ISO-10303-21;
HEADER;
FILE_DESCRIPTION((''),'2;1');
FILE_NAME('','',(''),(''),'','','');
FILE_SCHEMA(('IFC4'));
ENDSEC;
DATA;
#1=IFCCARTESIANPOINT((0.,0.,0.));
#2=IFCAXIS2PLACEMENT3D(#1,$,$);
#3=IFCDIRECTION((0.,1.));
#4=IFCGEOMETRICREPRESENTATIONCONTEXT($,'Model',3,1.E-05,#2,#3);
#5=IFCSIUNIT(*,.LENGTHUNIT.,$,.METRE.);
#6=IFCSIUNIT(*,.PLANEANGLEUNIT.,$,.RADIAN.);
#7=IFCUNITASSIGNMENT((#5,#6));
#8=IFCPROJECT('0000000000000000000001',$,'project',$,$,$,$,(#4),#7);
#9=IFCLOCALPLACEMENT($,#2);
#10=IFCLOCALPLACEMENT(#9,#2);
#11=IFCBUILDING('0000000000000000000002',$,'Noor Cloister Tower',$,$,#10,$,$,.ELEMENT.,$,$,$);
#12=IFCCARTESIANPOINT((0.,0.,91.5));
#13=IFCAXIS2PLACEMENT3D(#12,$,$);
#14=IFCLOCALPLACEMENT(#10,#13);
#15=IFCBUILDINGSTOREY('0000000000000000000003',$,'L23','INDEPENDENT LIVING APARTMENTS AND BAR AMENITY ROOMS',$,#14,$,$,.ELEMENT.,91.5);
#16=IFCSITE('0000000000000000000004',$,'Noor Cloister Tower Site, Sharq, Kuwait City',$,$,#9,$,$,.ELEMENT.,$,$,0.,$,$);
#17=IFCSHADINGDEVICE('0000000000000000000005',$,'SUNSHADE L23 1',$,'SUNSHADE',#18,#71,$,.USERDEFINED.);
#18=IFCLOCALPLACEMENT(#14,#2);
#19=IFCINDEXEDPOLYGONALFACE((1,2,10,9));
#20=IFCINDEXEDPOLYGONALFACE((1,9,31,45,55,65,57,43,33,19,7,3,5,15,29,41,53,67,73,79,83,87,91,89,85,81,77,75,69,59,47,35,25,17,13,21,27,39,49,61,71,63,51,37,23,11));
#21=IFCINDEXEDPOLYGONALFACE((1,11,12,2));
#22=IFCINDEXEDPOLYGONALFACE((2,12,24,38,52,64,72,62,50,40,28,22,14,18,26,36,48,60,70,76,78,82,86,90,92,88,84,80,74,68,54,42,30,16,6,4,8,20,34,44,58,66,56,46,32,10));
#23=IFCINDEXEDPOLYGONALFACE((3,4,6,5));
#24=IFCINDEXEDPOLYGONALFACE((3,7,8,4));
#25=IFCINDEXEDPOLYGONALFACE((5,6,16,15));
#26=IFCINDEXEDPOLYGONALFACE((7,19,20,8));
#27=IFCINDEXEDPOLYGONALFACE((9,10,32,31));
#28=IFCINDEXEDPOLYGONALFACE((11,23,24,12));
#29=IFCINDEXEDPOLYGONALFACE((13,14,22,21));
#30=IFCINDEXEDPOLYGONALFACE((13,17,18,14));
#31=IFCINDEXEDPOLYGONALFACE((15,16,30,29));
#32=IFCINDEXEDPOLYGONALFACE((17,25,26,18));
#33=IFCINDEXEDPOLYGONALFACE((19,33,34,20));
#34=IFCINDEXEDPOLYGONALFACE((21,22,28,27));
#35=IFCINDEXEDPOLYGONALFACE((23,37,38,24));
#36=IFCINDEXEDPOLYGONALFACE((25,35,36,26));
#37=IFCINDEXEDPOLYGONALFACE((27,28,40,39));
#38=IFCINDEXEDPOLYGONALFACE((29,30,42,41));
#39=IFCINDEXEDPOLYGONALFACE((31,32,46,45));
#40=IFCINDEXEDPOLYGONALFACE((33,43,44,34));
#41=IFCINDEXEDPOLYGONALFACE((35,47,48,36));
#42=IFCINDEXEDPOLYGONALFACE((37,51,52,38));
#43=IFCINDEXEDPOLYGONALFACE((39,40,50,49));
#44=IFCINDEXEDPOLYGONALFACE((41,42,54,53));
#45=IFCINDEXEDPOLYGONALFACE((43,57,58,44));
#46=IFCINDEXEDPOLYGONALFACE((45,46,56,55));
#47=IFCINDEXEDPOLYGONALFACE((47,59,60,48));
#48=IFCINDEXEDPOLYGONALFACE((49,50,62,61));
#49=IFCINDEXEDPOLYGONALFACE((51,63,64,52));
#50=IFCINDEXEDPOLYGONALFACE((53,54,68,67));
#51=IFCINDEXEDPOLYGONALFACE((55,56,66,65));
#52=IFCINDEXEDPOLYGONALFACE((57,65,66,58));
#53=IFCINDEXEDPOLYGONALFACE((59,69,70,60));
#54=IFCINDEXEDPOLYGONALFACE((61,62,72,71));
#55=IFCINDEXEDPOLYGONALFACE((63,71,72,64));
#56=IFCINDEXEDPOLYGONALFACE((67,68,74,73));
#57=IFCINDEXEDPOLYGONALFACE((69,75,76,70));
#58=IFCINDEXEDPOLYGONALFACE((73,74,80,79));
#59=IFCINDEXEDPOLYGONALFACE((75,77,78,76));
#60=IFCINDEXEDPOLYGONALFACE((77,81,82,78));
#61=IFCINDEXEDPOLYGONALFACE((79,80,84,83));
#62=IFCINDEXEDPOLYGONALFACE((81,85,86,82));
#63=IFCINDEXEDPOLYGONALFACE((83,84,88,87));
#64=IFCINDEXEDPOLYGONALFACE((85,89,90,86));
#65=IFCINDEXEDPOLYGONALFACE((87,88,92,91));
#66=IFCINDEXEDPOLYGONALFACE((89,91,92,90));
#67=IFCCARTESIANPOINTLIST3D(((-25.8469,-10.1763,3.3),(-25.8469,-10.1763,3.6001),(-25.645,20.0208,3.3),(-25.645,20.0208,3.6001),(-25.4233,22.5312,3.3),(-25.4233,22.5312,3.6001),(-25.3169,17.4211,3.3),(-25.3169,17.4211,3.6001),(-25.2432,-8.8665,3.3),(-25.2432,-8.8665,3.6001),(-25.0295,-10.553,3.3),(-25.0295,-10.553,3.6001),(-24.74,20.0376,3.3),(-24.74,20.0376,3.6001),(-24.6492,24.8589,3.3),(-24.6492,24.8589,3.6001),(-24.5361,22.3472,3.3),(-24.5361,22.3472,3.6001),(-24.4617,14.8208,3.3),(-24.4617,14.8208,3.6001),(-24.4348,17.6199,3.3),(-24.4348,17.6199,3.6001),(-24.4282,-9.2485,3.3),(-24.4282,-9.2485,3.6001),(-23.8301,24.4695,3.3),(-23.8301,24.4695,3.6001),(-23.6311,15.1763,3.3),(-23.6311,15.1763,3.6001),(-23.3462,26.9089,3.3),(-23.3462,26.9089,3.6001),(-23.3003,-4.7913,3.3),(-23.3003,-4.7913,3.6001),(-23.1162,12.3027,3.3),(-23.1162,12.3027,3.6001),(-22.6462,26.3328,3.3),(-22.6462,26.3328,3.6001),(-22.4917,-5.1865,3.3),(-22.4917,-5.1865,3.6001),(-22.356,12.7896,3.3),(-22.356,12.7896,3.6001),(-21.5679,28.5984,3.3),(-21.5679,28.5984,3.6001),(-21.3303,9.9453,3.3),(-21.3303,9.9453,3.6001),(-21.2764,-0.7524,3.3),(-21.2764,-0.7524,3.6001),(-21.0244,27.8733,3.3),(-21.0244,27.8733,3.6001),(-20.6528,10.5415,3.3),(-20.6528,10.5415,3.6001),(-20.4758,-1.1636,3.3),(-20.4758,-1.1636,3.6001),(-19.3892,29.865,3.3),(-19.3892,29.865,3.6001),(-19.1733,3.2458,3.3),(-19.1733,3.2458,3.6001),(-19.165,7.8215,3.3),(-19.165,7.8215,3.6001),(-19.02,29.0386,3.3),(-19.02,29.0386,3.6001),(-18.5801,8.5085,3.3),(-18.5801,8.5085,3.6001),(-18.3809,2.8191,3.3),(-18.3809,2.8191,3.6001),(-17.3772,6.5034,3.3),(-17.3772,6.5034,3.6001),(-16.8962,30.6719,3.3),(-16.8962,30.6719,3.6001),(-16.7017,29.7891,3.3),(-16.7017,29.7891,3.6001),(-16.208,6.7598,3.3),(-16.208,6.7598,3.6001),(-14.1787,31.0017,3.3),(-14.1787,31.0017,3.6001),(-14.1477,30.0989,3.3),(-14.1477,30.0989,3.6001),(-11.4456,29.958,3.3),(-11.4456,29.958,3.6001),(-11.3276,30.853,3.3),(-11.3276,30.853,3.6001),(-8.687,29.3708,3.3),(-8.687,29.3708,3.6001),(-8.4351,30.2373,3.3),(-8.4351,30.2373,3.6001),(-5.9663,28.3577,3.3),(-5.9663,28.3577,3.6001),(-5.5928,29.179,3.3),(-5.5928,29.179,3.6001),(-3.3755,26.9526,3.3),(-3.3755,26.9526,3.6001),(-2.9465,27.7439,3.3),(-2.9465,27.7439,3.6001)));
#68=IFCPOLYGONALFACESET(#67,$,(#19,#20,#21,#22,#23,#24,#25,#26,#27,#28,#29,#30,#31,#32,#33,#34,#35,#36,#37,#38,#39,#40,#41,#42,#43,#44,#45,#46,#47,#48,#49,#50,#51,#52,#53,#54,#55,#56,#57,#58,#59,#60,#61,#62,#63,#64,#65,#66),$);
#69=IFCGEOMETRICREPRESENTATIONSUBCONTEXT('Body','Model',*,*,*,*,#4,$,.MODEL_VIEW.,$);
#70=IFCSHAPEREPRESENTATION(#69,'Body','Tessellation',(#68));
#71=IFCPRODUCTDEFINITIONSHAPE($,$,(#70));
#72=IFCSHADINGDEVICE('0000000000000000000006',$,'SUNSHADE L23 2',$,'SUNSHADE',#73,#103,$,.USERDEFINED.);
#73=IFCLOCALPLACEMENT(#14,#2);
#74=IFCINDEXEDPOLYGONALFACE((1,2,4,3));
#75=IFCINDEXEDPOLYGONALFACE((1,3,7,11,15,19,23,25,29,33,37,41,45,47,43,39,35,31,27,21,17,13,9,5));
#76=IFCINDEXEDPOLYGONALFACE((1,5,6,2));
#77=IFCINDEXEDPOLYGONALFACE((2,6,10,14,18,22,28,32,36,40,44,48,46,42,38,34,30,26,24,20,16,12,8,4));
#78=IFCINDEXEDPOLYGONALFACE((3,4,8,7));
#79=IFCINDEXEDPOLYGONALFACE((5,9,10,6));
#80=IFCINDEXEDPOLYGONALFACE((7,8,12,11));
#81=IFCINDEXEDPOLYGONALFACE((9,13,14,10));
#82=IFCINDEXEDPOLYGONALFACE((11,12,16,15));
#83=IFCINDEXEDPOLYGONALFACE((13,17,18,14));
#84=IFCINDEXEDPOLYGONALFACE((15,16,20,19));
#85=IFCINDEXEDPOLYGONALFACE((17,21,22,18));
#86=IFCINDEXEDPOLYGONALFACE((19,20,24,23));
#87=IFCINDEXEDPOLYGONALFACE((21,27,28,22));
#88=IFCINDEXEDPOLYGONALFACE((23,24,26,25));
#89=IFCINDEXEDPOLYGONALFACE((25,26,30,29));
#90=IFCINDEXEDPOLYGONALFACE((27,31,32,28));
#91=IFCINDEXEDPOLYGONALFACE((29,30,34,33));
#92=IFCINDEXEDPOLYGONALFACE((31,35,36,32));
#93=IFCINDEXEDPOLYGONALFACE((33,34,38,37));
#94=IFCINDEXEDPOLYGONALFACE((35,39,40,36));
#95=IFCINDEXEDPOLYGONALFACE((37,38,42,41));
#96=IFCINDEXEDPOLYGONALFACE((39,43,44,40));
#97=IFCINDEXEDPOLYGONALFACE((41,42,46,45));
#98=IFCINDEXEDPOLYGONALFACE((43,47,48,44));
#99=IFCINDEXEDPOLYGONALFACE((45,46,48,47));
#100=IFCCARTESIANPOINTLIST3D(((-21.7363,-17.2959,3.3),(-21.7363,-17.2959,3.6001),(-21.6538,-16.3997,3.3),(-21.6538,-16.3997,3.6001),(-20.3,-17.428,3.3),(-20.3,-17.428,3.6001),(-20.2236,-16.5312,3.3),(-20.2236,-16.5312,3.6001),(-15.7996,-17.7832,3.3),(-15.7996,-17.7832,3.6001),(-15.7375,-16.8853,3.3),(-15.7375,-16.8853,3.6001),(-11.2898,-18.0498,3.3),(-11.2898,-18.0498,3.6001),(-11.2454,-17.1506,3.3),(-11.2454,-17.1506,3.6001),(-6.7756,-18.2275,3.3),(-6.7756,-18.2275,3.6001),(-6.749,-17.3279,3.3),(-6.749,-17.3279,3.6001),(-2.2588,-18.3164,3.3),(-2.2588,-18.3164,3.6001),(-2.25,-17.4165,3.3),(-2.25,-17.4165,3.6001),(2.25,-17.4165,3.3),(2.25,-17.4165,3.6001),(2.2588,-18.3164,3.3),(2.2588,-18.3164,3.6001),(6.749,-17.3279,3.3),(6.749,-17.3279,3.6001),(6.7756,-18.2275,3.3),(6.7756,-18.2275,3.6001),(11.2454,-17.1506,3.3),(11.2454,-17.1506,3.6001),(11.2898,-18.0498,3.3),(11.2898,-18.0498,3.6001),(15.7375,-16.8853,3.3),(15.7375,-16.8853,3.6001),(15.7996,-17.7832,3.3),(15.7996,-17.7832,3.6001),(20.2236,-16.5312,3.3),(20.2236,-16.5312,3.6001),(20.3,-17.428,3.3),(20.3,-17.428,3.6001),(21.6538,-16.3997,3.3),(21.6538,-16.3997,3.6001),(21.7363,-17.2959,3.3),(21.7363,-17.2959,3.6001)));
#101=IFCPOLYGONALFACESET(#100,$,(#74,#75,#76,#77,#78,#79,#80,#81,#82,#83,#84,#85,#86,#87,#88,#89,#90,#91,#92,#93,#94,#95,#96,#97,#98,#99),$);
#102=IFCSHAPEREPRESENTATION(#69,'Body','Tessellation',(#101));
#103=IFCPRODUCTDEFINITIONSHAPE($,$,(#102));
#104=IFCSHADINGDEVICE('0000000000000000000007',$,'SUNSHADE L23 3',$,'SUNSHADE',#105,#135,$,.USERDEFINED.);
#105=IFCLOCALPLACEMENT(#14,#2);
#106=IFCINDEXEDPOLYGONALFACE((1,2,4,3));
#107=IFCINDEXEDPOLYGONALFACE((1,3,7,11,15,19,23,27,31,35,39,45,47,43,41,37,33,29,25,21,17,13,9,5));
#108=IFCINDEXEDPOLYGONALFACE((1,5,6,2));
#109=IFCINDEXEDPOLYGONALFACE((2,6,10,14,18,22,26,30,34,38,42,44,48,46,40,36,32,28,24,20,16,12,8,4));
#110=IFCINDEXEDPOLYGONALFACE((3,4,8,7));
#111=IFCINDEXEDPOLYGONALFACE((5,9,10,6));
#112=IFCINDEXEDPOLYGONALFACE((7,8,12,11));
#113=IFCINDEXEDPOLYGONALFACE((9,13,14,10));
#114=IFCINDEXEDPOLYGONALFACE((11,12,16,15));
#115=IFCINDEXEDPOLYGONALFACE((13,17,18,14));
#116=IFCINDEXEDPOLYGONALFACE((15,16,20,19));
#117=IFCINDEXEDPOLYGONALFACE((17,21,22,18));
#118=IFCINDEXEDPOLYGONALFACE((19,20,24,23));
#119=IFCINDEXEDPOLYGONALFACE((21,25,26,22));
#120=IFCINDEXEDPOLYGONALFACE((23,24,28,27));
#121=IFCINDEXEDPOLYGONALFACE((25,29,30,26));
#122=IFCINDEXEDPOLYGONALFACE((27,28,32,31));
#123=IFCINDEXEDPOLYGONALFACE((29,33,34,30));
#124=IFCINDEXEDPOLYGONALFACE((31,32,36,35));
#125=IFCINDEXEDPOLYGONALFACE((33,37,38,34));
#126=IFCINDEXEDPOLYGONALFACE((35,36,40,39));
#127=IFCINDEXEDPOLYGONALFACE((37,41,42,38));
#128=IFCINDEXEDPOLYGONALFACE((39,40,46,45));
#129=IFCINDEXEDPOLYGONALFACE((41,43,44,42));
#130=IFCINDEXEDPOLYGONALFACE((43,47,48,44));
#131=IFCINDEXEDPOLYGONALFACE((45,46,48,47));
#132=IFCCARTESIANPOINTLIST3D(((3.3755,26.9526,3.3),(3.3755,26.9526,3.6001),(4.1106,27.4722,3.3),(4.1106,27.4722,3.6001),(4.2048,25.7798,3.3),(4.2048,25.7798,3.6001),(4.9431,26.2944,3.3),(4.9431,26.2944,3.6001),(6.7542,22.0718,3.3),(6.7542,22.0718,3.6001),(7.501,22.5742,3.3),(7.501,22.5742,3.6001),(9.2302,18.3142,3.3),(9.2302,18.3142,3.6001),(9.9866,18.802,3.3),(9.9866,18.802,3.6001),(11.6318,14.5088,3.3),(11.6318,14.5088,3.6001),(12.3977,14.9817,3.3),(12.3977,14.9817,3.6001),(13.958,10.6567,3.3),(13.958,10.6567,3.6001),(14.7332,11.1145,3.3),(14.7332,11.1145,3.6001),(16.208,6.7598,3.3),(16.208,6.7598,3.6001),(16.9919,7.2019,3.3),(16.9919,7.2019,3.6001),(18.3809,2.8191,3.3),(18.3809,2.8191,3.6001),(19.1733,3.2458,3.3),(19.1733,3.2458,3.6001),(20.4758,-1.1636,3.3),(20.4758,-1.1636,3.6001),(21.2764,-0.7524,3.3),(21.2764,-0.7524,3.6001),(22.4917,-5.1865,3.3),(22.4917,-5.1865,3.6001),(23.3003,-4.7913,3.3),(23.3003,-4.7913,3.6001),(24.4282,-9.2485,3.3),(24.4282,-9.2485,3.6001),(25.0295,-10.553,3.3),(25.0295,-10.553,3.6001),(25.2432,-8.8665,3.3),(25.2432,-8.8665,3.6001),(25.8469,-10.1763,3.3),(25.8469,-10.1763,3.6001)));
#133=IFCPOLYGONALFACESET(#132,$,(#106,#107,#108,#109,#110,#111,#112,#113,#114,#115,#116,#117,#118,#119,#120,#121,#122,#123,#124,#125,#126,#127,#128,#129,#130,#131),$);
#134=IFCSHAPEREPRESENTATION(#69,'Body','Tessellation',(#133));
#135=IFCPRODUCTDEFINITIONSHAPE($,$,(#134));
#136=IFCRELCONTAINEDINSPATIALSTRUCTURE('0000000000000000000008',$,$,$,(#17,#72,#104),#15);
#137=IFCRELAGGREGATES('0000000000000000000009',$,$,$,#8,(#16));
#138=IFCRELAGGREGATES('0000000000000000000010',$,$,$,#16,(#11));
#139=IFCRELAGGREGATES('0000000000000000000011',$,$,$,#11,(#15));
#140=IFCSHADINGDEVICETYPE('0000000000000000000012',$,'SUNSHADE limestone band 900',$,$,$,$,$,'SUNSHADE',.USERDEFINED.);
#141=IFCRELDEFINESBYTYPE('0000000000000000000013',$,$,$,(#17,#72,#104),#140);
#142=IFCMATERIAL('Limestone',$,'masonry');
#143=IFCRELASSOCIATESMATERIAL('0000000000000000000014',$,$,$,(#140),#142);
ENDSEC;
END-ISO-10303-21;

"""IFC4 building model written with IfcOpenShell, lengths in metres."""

from ifc_helpers import new_model, si_unit, direction, frame, origin, place, context, subcontext, project, spatial, polyline, outline, extrude, material, type_object, element, save


model = new_model("IFC4")

# Units and contexts
model_context = context("Model", 3, precision=1e-05, world=origin(), true_north=direction((0.0, 1.0)))
body_context = subcontext(model_context, "Body", "Model", "MODEL_VIEW")
ifc_project = project(units=[si_unit("LENGTHUNIT", "METRE"), si_unit("PLANEANGLEUNIT", "RADIAN")], contexts=[model_context])

# Site, building, storey
site_placement = place(None, origin())
site = spatial("IfcSite", under=ifc_project, at=site_placement, Name="Noor Cloister Tower Site, Sharq, Kuwait City", CompositionType="ELEMENT", RefElevation=0.0)
building_placement = place(site_placement, origin())
building = spatial("IfcBuilding", under=site, at=building_placement, Name="Noor Cloister Tower", CompositionType="ELEMENT")
storey_placement = place(building_placement, frame((0.0, 0.0, 91.5)))
storey = spatial("IfcBuildingStorey", under=building, at=storey_placement, Name="L23", Description="INDEPENDENT LIVING APARTMENTS AND BAR AMENITY ROOMS", CompositionType="ELEMENT", Elevation=91.5)

# Shading devices
ifc_material_1 = material(Name="Limestone", Category="masonry")
shading_device_type = type_object("IfcShadingDeviceType", Name="SUNSHADE limestone band 900", ElementType="SUNSHADE", PredefinedType="USERDEFINED", material=ifc_material_1)
shading_device_1_placement = place(storey_placement, frame((0.0, 0.0, 3.3)))
element("IfcShadingDevice", 1, at=shading_device_1_placement, inside=storey, type_object=shading_device_type, Name="SUNSHADE L23 1", ObjectType="SUNSHADE", PredefinedType="USERDEFINED", context=body_context, shape_type="SweptSolid", body=[
    extrude(outline(polyline([(-2.9465, 27.7439), (-5.5928, 29.179), (-8.4351, 30.2373), (-11.3276, 30.853), (-14.1787, 31.0017), (-16.8962, 30.6719), (-19.3892, 29.865), (-21.5679, 28.5984), (-23.3462, 26.9089), (-24.6492, 24.8589), (-25.4233, 22.5312), (-25.645, 20.0208), (-25.3169, 17.4211), (-24.4617, 14.8208), (-23.1162, 12.3027), (-21.3303, 9.9453), (-19.165, 7.8215), (-17.3772, 6.5034), (-19.1733, 3.2458), (-21.2764, -0.7524), (-23.3003, -4.7913), (-25.2432, -8.8665), (-25.8469, -10.1763), (-25.0295, -10.553), (-24.4282, -9.2485), (-22.4917, -5.1865), (-20.4758, -1.1636), (-18.3809, 2.8191), (-16.208, 6.7598), (-18.5801, 8.5085), (-20.6528, 10.5415), (-22.356, 12.7896), (-23.6311, 15.1763), (-24.4348, 17.6199), (-24.74, 20.0376), (-24.5361, 22.3472), (-23.8301, 24.4695), (-22.6462, 26.3328), (-21.0244, 27.8733), (-19.02, 29.0386), (-16.7017, 29.7891), (-14.1477, 30.0989), (-11.4456, 29.958), (-8.687, 29.3708), (-5.9663, 28.3577), (-3.3755, 26.9526), (-2.9465, 27.7439)])), origin(), (0.0, 0.0, 1.0), 0.3),
])
shading_device_2_placement = place(storey_placement, frame((0.0, 0.0, 3.3)))
element("IfcShadingDevice", 2, at=shading_device_2_placement, inside=storey, type_object=shading_device_type, Name="SUNSHADE L23 2", ObjectType="SUNSHADE", PredefinedType="USERDEFINED", context=body_context, shape_type="SweptSolid", body=[
    extrude(outline(polyline([(-21.7363, -17.2959), (-20.3, -17.428), (-15.7996, -17.7832), (-11.2898, -18.0498), (-6.7756, -18.2275), (-2.2588, -18.3164), (2.2588, -18.3164), (6.7756, -18.2275), (11.2898, -18.0498), (15.7996, -17.7832), (20.3, -17.428), (21.7363, -17.2959), (21.6538, -16.3997), (20.2236, -16.5312), (15.7375, -16.8853), (11.2454, -17.1506), (6.749, -17.3279), (2.25, -17.4165), (-2.25, -17.4165), (-6.749, -17.3279), (-11.2454, -17.1506), (-15.7375, -16.8853), (-20.2236, -16.5312), (-21.6538, -16.3997), (-21.7363, -17.2959)])), origin(), (0.0, 0.0, 1.0), 0.3),
])
shading_device_3_placement = place(storey_placement, frame((0.0, 0.0, 3.3)))
element("IfcShadingDevice", 3, at=shading_device_3_placement, inside=storey, type_object=shading_device_type, Name="SUNSHADE L23 3", ObjectType="SUNSHADE", PredefinedType="USERDEFINED", context=body_context, shape_type="SweptSolid", body=[
    extrude(outline(polyline([(25.8469, -10.1763), (25.2432, -8.8665), (23.3003, -4.7913), (21.2764, -0.7524), (19.1733, 3.2458), (16.9919, 7.2019), (14.7332, 11.1145), (12.3977, 14.9817), (9.9866, 18.802), (7.501, 22.5742), (4.9431, 26.2944), (4.1106, 27.4722), (3.3755, 26.9526), (4.2048, 25.7798), (6.7542, 22.0718), (9.2302, 18.3142), (11.6318, 14.5088), (13.958, 10.6567), (16.208, 6.7598), (18.3809, 2.8191), (20.4758, -1.1636), (22.4917, -5.1865), (24.4282, -9.2485), (25.0295, -10.553), (25.8469, -10.1763)])), origin(), (0.0, 0.0, 1.0), 0.3),
])

save(model, "model.ifc")
